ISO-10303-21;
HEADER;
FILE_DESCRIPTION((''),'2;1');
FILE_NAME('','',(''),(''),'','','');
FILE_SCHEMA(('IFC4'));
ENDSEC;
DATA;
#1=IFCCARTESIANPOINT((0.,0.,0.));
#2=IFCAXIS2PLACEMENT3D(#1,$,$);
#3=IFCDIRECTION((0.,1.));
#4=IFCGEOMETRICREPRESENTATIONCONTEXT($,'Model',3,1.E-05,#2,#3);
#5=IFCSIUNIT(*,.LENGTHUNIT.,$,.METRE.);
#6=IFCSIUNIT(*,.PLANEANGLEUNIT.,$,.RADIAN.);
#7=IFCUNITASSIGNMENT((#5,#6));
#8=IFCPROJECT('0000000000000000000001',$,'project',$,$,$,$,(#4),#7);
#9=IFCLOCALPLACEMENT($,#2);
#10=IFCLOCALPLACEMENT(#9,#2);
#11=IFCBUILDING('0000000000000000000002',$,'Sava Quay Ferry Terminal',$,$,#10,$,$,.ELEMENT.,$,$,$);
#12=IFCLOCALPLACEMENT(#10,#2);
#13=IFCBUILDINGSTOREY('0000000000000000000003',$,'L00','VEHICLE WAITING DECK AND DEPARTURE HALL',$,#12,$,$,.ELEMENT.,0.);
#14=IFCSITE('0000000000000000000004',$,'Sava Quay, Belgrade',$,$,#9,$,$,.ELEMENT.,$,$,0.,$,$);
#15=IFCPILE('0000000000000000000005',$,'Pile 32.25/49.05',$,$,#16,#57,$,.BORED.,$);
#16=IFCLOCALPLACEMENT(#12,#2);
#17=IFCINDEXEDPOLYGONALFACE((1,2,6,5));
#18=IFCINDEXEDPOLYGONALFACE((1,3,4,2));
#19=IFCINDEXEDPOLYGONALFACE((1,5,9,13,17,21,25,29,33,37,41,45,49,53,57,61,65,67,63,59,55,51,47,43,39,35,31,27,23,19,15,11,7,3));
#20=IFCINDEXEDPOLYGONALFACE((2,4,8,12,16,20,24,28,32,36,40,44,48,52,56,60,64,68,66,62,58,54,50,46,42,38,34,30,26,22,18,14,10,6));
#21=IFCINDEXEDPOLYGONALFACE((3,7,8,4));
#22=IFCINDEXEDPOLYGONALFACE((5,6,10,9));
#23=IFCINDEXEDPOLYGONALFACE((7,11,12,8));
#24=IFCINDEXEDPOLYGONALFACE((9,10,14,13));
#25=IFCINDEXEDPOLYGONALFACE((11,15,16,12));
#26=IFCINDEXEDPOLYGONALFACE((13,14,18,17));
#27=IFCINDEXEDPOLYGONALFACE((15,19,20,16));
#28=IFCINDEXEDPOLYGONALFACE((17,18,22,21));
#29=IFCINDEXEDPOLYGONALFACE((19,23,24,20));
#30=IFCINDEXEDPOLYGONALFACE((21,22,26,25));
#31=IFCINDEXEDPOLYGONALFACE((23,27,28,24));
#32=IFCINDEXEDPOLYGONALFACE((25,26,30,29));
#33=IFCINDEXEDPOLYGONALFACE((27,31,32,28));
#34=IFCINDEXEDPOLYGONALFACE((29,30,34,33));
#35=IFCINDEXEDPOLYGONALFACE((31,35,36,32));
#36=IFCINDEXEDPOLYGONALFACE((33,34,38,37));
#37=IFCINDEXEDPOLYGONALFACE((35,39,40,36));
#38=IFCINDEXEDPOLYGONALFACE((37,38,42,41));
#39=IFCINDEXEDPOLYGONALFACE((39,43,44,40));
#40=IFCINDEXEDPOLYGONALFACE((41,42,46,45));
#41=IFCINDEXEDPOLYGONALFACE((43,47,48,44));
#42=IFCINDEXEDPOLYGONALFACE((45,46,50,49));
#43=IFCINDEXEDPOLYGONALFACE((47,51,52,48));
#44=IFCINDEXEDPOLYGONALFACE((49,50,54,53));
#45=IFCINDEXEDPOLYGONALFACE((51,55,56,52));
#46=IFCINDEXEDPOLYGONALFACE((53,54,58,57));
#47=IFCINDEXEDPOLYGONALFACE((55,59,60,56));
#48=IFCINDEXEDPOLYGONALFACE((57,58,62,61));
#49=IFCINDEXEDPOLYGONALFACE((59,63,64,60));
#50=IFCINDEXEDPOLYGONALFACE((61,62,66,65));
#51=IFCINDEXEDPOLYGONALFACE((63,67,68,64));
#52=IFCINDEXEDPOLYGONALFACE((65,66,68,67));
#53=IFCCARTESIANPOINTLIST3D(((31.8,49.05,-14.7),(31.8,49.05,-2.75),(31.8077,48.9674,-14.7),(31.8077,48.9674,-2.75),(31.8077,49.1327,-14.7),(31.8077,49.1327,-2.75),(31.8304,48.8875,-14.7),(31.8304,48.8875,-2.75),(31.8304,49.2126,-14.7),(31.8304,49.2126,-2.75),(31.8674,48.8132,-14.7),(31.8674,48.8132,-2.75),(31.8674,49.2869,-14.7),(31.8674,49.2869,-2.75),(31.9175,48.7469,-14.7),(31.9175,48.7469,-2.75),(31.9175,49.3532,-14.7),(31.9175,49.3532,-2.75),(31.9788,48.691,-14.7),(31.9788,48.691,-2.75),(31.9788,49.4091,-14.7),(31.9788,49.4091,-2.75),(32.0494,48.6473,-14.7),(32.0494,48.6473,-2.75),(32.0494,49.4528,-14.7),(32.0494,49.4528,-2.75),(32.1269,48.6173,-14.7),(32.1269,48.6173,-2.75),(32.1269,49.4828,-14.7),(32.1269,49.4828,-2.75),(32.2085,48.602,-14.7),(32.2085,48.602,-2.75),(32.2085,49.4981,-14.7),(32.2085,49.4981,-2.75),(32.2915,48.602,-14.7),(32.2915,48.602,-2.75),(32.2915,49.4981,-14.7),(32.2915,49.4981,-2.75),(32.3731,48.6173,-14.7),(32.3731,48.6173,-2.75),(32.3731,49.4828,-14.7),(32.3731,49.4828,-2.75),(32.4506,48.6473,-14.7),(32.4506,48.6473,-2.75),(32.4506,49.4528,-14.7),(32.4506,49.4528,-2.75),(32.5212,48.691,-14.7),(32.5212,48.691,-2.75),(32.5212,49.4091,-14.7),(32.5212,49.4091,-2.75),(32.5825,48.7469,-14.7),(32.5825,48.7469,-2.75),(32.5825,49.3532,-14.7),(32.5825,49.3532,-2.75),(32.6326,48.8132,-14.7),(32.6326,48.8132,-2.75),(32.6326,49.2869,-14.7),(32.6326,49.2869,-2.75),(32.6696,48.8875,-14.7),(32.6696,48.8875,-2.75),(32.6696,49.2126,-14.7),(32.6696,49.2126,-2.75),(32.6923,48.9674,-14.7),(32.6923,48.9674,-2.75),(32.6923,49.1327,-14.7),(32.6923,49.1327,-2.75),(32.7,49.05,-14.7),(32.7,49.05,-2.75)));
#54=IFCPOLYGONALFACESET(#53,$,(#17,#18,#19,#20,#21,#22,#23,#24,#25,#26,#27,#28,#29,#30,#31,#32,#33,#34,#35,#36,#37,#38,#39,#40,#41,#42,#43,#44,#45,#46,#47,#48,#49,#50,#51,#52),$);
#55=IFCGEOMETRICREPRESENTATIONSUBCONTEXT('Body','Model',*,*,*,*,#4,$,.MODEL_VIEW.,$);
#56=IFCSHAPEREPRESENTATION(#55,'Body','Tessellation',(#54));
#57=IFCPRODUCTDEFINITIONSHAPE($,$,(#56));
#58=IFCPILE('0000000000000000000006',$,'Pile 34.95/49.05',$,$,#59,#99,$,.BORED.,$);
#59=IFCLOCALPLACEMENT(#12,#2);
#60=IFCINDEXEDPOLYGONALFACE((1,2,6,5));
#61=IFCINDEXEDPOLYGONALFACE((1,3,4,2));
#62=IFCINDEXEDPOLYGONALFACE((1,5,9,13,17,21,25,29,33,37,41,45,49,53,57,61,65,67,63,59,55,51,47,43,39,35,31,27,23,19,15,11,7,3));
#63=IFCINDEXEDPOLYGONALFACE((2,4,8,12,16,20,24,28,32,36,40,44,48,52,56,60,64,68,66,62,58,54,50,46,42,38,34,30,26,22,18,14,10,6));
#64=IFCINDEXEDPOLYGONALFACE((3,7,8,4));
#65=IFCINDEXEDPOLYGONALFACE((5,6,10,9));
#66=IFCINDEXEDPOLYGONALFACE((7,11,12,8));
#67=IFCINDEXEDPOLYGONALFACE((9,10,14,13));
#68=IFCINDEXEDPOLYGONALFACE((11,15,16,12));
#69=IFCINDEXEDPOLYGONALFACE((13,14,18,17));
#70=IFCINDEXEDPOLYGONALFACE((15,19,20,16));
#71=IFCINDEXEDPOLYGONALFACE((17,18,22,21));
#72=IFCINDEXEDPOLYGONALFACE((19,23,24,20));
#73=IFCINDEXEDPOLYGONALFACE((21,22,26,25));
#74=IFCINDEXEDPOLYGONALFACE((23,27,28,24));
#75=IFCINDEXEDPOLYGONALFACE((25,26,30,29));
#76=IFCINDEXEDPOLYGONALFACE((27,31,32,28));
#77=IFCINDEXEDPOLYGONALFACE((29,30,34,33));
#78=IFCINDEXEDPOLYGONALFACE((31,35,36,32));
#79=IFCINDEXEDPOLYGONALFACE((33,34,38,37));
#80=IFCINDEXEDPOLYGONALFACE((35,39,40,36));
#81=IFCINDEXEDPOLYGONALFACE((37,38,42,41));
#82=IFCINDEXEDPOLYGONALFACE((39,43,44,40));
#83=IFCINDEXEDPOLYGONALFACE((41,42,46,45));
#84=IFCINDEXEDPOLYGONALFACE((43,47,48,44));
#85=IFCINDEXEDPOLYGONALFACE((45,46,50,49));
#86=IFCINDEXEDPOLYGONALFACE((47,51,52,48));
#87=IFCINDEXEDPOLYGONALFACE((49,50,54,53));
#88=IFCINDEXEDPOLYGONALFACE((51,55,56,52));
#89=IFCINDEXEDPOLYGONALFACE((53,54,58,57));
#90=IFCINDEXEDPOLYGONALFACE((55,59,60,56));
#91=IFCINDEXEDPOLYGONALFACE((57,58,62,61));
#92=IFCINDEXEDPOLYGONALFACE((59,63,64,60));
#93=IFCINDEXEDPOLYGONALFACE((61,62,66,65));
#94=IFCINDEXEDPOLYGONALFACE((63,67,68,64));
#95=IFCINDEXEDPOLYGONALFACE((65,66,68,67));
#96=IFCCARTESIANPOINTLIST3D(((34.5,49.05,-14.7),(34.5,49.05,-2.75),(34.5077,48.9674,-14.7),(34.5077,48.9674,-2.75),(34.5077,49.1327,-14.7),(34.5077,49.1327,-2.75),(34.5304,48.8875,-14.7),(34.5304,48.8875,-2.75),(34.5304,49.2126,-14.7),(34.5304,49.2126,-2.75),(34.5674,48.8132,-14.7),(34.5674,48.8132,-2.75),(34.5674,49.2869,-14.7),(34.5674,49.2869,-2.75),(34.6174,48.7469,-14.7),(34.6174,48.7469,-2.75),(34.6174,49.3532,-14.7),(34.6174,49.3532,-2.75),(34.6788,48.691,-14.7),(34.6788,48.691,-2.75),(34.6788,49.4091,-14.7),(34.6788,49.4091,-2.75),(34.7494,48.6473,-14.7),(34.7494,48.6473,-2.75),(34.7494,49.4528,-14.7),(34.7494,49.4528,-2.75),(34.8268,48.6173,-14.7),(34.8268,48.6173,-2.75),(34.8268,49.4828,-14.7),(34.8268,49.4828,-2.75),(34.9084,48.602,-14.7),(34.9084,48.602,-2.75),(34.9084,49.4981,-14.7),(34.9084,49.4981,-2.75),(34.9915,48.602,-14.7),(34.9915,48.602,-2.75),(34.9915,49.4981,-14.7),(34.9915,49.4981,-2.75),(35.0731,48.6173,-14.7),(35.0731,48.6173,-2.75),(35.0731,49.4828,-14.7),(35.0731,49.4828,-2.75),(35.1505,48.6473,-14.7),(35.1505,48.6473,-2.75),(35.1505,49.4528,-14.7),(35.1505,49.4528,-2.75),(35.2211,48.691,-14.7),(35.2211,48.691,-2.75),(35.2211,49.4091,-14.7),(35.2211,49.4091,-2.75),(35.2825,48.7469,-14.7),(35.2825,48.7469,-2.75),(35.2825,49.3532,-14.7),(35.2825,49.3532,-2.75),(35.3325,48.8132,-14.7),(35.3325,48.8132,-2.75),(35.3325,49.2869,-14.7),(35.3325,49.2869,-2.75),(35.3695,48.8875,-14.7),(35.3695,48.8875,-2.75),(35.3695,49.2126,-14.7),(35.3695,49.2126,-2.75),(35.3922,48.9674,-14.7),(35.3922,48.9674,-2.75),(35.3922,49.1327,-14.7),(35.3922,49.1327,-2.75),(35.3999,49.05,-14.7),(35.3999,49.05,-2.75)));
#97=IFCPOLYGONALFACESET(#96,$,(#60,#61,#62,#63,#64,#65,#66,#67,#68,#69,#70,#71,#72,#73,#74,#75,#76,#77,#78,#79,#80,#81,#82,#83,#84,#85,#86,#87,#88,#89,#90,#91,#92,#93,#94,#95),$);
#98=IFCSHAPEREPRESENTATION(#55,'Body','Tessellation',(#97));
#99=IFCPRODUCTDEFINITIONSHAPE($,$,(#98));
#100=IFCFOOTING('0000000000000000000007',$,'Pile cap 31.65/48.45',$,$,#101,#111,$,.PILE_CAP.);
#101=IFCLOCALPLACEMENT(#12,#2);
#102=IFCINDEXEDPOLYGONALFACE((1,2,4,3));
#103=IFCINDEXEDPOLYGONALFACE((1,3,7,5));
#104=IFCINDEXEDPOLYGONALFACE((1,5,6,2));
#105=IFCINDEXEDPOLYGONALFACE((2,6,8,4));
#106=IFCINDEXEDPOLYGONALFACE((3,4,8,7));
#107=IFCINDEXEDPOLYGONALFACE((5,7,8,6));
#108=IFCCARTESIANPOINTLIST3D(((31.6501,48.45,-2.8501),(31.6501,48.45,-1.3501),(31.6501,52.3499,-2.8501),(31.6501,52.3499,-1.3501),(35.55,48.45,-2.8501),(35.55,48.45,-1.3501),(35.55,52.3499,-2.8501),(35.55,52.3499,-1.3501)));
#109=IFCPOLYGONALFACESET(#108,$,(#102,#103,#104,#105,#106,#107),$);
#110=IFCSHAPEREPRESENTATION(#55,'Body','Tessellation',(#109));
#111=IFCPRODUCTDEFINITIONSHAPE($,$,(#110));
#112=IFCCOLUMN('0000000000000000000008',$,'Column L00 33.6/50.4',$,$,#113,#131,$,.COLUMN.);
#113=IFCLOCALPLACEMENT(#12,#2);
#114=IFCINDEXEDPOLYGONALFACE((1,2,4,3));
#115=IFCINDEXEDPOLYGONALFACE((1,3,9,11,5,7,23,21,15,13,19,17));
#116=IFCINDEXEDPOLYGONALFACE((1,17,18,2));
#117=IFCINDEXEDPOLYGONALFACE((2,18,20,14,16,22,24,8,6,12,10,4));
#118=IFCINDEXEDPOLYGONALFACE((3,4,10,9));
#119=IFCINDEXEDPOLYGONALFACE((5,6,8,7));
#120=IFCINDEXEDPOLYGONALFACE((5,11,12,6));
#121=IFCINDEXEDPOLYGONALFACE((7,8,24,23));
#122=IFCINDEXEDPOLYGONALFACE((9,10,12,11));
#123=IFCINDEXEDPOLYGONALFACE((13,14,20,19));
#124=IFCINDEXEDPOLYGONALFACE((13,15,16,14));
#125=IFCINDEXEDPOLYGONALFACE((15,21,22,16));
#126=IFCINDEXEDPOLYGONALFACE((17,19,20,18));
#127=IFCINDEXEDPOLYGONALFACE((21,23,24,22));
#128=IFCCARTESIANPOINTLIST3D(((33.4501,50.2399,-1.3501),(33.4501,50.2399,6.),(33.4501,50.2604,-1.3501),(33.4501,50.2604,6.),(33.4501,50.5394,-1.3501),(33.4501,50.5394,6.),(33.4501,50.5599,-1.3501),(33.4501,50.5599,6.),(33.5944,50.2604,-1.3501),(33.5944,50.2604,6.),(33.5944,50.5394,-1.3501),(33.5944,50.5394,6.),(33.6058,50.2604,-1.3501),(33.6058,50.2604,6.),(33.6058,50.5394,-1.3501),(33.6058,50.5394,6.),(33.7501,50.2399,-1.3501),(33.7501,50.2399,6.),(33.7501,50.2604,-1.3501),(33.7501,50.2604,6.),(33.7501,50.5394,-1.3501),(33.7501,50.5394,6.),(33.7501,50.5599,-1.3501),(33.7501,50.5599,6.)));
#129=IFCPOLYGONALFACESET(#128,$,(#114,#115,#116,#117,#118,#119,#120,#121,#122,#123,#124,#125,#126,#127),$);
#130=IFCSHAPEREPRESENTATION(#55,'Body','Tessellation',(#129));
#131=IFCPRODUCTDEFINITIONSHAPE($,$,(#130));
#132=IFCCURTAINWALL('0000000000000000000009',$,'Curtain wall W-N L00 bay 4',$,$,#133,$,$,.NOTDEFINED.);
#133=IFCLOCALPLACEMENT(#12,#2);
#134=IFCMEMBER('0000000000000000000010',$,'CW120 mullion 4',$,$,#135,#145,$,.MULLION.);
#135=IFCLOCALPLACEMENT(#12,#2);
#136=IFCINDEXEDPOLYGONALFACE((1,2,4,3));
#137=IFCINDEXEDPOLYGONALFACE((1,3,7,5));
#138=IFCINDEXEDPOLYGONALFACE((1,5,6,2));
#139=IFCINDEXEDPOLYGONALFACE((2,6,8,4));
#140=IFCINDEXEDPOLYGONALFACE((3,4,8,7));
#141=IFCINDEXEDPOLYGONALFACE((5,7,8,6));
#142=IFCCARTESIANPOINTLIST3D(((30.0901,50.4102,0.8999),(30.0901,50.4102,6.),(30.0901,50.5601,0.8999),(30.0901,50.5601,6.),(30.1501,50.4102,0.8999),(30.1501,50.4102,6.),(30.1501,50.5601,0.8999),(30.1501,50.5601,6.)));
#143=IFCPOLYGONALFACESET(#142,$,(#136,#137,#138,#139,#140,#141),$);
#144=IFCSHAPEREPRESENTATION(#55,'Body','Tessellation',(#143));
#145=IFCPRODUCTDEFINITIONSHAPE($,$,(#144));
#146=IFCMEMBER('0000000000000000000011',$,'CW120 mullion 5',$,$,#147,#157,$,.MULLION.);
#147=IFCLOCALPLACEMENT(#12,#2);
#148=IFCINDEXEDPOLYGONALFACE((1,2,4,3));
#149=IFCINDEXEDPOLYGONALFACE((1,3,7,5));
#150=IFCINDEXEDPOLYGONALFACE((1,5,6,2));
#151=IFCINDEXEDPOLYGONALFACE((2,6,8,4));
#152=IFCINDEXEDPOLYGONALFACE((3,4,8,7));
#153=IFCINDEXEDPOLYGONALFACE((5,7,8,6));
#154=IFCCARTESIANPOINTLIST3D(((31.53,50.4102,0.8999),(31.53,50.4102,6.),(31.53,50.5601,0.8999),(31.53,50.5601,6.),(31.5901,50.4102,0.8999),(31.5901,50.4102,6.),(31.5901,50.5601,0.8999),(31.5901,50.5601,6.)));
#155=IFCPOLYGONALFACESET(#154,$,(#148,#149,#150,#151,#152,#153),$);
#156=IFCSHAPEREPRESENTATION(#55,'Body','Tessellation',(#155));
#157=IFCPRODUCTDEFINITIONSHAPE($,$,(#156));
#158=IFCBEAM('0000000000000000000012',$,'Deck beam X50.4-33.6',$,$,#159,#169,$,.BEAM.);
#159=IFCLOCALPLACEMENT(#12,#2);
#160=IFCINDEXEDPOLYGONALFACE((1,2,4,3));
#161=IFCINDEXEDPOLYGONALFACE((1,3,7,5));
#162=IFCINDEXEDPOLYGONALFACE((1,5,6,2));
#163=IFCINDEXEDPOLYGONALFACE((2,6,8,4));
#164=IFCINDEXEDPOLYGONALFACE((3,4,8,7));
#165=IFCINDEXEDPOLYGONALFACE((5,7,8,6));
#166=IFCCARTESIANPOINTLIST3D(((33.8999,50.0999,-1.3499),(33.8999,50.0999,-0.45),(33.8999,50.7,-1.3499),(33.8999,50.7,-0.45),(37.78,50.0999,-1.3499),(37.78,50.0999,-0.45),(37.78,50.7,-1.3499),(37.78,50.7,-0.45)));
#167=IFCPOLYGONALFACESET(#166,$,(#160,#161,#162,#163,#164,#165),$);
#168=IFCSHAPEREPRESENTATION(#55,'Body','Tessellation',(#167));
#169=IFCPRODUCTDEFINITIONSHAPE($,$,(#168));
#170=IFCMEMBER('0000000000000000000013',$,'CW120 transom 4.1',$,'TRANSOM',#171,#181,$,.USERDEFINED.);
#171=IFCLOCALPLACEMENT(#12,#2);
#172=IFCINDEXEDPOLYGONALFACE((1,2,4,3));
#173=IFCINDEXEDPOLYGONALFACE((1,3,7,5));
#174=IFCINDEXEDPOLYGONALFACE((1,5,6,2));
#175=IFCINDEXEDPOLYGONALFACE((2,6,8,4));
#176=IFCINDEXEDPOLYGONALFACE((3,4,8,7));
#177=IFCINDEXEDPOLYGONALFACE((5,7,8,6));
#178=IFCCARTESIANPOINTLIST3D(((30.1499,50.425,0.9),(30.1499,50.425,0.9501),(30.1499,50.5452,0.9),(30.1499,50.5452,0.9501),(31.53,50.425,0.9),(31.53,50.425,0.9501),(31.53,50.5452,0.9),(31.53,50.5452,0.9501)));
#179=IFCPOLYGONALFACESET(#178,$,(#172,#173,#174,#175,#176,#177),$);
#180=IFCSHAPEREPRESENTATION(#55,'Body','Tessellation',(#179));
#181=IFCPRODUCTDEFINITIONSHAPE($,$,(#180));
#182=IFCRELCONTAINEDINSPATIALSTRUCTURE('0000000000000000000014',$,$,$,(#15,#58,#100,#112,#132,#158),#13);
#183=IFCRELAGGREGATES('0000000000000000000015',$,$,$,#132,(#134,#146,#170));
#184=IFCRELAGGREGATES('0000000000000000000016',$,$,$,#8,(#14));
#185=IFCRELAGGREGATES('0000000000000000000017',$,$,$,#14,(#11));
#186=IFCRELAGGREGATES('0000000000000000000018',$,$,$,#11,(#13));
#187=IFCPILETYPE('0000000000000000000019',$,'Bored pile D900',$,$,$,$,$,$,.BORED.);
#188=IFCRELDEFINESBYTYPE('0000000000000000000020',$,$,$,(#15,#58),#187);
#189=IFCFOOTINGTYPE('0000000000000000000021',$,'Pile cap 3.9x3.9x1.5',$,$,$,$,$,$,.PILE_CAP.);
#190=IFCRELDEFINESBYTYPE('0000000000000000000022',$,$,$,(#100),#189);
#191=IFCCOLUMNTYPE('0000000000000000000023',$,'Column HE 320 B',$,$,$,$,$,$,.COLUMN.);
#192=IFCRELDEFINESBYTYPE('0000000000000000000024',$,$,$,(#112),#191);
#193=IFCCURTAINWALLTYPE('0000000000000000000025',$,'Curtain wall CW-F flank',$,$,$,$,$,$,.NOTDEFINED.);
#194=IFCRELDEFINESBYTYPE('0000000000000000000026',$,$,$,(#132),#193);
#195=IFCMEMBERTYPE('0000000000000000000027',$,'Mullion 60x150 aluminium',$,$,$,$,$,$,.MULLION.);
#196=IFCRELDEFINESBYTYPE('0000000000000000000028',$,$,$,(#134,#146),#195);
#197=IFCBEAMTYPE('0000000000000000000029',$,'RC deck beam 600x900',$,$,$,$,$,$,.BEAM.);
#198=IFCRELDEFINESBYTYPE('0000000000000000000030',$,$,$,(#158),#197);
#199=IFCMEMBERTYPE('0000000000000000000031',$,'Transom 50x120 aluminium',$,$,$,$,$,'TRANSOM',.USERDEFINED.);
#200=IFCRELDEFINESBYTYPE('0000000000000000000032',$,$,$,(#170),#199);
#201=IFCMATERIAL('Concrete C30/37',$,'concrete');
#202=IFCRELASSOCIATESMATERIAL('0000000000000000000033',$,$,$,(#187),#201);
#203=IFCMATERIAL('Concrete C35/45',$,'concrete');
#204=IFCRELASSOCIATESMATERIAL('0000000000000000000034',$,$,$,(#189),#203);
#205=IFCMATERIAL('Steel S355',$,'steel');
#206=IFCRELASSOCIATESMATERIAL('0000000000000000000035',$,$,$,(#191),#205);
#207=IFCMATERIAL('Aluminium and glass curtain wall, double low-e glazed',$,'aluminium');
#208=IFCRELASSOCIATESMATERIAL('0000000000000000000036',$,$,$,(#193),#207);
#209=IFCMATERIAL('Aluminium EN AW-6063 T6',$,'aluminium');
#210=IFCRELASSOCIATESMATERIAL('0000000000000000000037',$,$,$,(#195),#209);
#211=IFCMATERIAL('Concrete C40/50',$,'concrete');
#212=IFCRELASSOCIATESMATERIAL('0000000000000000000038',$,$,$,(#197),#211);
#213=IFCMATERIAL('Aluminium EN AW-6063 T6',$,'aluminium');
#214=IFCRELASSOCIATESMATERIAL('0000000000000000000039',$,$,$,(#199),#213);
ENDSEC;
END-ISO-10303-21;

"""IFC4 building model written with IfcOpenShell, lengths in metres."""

from ifc_helpers import new_model, si_unit, direction, frame, origin, origin_2d, place, context, subcontext, project, spatial, rectangle, circle, i_section, extrude, material, material_profile, profile_set, type_object, element, aggregate, save


model = new_model("IFC4")

# Units and contexts
model_context = context("Model", 3, precision=1e-05, world=origin(), true_north=direction((0.0, 1.0)))
body_context = subcontext(model_context, "Body", "Model", "MODEL_VIEW")
ifc_project = project(units=[si_unit("LENGTHUNIT", "METRE"), si_unit("PLANEANGLEUNIT", "RADIAN")], contexts=[model_context])

# Site, building, storey
site_placement = place(None, origin())
site = spatial("IfcSite", under=ifc_project, at=site_placement, Name="Sava Quay, Belgrade", CompositionType="ELEMENT", RefElevation=0.0)
building_placement = place(site_placement, origin())
building = spatial("IfcBuilding", under=site, at=building_placement, Name="Sava Quay Ferry Terminal", CompositionType="ELEMENT")
storey_placement = place(building_placement, origin())
storey = spatial("IfcBuildingStorey", under=building, at=storey_placement, Name="L00", Description="VEHICLE WAITING DECK AND DEPARTURE HALL", CompositionType="ELEMENT", Elevation=0.0)

# Piles
ifc_material_1 = material(Name="Concrete C30/37", Category="concrete")
ifc_material_profile_1 = material_profile(ifc_material_1, circle(Radius=0.45, at=origin_2d()), Name="Bored pile D900")
ifc_profile_set_1 = profile_set([ifc_material_profile_1], Name="Concrete C30/37")
pile_type = type_object("IfcPileType", Name="Bored pile D900", PredefinedType="BORED", material=ifc_profile_set_1)
for number, where, z_axis, x_axis, name in (
    (1, (32.25, 49.05, -2.75), (0.0, 0.0, -1.0), (1.0, 0.0, 0.0), "Pile 32.25/49.05"),
    (2, (34.95, 49.05, -2.75), (0.0, 0.0, -1.0), (1.0, 0.0, 0.0), "Pile 34.95/49.05"),
):
    element("IfcPile", number, at=place(storey_placement, frame(where, z_axis=z_axis, x_axis=x_axis)), inside=storey, type_object=pile_type, Name=name, PredefinedType="BORED", context=body_context, shape_type="SweptSolid", body=[
        extrude(circle(Radius=0.45, at=origin_2d()), origin(), (0.0, 0.0, 1.0), 11.95),
    ])

# Footing
ifc_material_2 = material(Name="Concrete C35/45", Category="concrete")
footing_type = type_object("IfcFootingType", Name="Pile cap 3.9x3.9x1.5", PredefinedType="PILE_CAP", material=ifc_material_2)
footing_placement = place(storey_placement, frame((33.6001, 50.3999, -2.8501), z_axis=(0.0, 0.0, 1.0), x_axis=(1.0, 0.0, 0.0)))
element("IfcFooting", 3, at=footing_placement, inside=storey, type_object=footing_type, Name="Pile cap 31.65/48.45", PredefinedType="PILE_CAP", context=body_context, shape_type="SweptSolid", body=[
    extrude(rectangle(XDim=3.8999, YDim=3.8999, at=origin_2d()), origin(), (0.0, 0.0, 1.0), 1.5),
])

# Column
ifc_material_3 = material(Name="Steel S355", Category="steel")
ifc_material_profile_2 = material_profile(ifc_material_3, i_section(OverallWidth=0.3, OverallDepth=0.3201, WebThickness=0.0115, FlangeThickness=0.0205, at=origin_2d()), Name="HE 320 B")
ifc_profile_set_2 = profile_set([ifc_material_profile_2], Name="Steel S355")
column_type = type_object("IfcColumnType", Name="Column HE 320 B", PredefinedType="COLUMN", material=ifc_profile_set_2)
column_placement = place(storey_placement, frame((33.6001, 50.3999, -1.3501), z_axis=(0.0, 0.0, 1.0), x_axis=(1.0, 0.0, 0.0)))
element("IfcColumn", 4, at=column_placement, inside=storey, type_object=column_type, Name="Column L00 33.6/50.4", PredefinedType="COLUMN", context=body_context, shape_type="SweptSolid", body=[
    extrude(i_section(OverallWidth=0.3, OverallDepth=0.3201, WebThickness=0.0115, FlangeThickness=0.0205, at=origin_2d()), origin(), (0.0, 0.0, 1.0), 7.3501),
])

# Curtain wall, members
ifc_material_4 = material(Name="Aluminium and glass curtain wall, double low-e glazed", Category="aluminium")
curtain_wall_type = type_object("IfcCurtainWallType", Name="Curtain wall CW-F flank", PredefinedType="NOTDEFINED", material=ifc_material_4)
curtain_wall_placement = place(storey_placement, origin())
curtain_wall = element("IfcCurtainWall", 5, at=curtain_wall_placement, inside=storey, type_object=curtain_wall_type, Name="Curtain wall W-N L00 bay 4", PredefinedType="NOTDEFINED")
ifc_material_5 = material(Name="Aluminium EN AW-6063 T6", Category="aluminium")
ifc_material_profile_3 = material_profile(ifc_material_5, rectangle(XDim=0.1499, YDim=0.0601, at=origin_2d()), Name="Mullion 60x150 aluminium")
ifc_profile_set_3 = profile_set([ifc_material_profile_3], Name="Aluminium EN AW-6063 T6")
member_type_1 = type_object("IfcMemberType", Name="Mullion 60x150 aluminium", PredefinedType="MULLION", material=ifc_profile_set_3)
member_1_placement = place(storey_placement, frame((30.1201, 50.4851, 0.8999), z_axis=(0.0, 0.0, 1.0), x_axis=(0.0, 1.0, 0.0)))
member_1 = element("IfcMember", 6, at=member_1_placement, type_object=member_type_1, Name="CW120 mullion 4", PredefinedType="MULLION", context=body_context, shape_type="SweptSolid", body=[
    extrude(rectangle(XDim=0.1499, YDim=0.0601, at=origin_2d()), origin(), (0.0, 0.0, 1.0), 5.1001),
])
member_2_placement = place(storey_placement, frame((31.5601, 50.4851, 0.8999), z_axis=(0.0, 0.0, 1.0), x_axis=(0.0, 1.0, 0.0)))
member_2 = element("IfcMember", 7, at=member_2_placement, type_object=member_type_1, Name="CW120 mullion 5", PredefinedType="MULLION", context=body_context, shape_type="SweptSolid", body=[
    extrude(rectangle(XDim=0.1499, YDim=0.0601, at=origin_2d()), origin(), (0.0, 0.0, 1.0), 5.1001),
])

# Beam
ifc_material_6 = material(Name="Concrete C40/50", Category="concrete")
ifc_material_profile_4 = material_profile(ifc_material_6, rectangle(XDim=0.6001, YDim=0.8999, at=origin_2d()), Name="RC 600x900")
ifc_profile_set_4 = profile_set([ifc_material_profile_4], Name="Concrete C40/50")
beam_type = type_object("IfcBeamType", Name="RC deck beam 600x900", PredefinedType="BEAM", material=ifc_profile_set_4)
beam_placement = place(storey_placement, frame((33.8999, 50.3999, -0.8999), z_axis=(1.0, 0.0, 0.0), x_axis=(0.0, 1.0, 0.0)))
element("IfcBeam", 8, at=beam_placement, inside=storey, type_object=beam_type, Name="Deck beam X50.4-33.6", PredefinedType="BEAM", context=body_context, shape_type="SweptSolid", body=[
    extrude(rectangle(XDim=0.6001, YDim=0.8999, at=origin_2d()), origin(), (0.0, 0.0, 1.0), 3.8801),
])

# Member
ifc_material_7 = material(Name="Aluminium EN AW-6063 T6", Category="aluminium")
ifc_material_profile_5 = material_profile(ifc_material_7, rectangle(XDim=0.1201, YDim=0.05, at=origin_2d()), Name="Transom 50x120 aluminium")
ifc_profile_set_5 = profile_set([ifc_material_profile_5], Name="Aluminium EN AW-6063 T6")
member_type_2 = type_object("IfcMemberType", Name="Transom 50x120 aluminium", ElementType="TRANSOM", PredefinedType="USERDEFINED", material=ifc_profile_set_5)
member_3_placement = place(storey_placement, frame((30.1499, 50.4851, 0.925), z_axis=(1.0, 0.0, 0.0), x_axis=(0.0, 1.0, 0.0)))
member_3 = element("IfcMember", 9, at=member_3_placement, type_object=member_type_2, Name="CW120 transom 4.1", ObjectType="TRANSOM", PredefinedType="USERDEFINED", context=body_context, shape_type="SweptSolid", body=[
    extrude(rectangle(XDim=0.1201, YDim=0.05, at=origin_2d()), origin(), (0.0, 0.0, 1.0), 1.3801),
])

aggregate(curtain_wall, [member_1, member_2, member_3])

save(model, "model.ifc")
